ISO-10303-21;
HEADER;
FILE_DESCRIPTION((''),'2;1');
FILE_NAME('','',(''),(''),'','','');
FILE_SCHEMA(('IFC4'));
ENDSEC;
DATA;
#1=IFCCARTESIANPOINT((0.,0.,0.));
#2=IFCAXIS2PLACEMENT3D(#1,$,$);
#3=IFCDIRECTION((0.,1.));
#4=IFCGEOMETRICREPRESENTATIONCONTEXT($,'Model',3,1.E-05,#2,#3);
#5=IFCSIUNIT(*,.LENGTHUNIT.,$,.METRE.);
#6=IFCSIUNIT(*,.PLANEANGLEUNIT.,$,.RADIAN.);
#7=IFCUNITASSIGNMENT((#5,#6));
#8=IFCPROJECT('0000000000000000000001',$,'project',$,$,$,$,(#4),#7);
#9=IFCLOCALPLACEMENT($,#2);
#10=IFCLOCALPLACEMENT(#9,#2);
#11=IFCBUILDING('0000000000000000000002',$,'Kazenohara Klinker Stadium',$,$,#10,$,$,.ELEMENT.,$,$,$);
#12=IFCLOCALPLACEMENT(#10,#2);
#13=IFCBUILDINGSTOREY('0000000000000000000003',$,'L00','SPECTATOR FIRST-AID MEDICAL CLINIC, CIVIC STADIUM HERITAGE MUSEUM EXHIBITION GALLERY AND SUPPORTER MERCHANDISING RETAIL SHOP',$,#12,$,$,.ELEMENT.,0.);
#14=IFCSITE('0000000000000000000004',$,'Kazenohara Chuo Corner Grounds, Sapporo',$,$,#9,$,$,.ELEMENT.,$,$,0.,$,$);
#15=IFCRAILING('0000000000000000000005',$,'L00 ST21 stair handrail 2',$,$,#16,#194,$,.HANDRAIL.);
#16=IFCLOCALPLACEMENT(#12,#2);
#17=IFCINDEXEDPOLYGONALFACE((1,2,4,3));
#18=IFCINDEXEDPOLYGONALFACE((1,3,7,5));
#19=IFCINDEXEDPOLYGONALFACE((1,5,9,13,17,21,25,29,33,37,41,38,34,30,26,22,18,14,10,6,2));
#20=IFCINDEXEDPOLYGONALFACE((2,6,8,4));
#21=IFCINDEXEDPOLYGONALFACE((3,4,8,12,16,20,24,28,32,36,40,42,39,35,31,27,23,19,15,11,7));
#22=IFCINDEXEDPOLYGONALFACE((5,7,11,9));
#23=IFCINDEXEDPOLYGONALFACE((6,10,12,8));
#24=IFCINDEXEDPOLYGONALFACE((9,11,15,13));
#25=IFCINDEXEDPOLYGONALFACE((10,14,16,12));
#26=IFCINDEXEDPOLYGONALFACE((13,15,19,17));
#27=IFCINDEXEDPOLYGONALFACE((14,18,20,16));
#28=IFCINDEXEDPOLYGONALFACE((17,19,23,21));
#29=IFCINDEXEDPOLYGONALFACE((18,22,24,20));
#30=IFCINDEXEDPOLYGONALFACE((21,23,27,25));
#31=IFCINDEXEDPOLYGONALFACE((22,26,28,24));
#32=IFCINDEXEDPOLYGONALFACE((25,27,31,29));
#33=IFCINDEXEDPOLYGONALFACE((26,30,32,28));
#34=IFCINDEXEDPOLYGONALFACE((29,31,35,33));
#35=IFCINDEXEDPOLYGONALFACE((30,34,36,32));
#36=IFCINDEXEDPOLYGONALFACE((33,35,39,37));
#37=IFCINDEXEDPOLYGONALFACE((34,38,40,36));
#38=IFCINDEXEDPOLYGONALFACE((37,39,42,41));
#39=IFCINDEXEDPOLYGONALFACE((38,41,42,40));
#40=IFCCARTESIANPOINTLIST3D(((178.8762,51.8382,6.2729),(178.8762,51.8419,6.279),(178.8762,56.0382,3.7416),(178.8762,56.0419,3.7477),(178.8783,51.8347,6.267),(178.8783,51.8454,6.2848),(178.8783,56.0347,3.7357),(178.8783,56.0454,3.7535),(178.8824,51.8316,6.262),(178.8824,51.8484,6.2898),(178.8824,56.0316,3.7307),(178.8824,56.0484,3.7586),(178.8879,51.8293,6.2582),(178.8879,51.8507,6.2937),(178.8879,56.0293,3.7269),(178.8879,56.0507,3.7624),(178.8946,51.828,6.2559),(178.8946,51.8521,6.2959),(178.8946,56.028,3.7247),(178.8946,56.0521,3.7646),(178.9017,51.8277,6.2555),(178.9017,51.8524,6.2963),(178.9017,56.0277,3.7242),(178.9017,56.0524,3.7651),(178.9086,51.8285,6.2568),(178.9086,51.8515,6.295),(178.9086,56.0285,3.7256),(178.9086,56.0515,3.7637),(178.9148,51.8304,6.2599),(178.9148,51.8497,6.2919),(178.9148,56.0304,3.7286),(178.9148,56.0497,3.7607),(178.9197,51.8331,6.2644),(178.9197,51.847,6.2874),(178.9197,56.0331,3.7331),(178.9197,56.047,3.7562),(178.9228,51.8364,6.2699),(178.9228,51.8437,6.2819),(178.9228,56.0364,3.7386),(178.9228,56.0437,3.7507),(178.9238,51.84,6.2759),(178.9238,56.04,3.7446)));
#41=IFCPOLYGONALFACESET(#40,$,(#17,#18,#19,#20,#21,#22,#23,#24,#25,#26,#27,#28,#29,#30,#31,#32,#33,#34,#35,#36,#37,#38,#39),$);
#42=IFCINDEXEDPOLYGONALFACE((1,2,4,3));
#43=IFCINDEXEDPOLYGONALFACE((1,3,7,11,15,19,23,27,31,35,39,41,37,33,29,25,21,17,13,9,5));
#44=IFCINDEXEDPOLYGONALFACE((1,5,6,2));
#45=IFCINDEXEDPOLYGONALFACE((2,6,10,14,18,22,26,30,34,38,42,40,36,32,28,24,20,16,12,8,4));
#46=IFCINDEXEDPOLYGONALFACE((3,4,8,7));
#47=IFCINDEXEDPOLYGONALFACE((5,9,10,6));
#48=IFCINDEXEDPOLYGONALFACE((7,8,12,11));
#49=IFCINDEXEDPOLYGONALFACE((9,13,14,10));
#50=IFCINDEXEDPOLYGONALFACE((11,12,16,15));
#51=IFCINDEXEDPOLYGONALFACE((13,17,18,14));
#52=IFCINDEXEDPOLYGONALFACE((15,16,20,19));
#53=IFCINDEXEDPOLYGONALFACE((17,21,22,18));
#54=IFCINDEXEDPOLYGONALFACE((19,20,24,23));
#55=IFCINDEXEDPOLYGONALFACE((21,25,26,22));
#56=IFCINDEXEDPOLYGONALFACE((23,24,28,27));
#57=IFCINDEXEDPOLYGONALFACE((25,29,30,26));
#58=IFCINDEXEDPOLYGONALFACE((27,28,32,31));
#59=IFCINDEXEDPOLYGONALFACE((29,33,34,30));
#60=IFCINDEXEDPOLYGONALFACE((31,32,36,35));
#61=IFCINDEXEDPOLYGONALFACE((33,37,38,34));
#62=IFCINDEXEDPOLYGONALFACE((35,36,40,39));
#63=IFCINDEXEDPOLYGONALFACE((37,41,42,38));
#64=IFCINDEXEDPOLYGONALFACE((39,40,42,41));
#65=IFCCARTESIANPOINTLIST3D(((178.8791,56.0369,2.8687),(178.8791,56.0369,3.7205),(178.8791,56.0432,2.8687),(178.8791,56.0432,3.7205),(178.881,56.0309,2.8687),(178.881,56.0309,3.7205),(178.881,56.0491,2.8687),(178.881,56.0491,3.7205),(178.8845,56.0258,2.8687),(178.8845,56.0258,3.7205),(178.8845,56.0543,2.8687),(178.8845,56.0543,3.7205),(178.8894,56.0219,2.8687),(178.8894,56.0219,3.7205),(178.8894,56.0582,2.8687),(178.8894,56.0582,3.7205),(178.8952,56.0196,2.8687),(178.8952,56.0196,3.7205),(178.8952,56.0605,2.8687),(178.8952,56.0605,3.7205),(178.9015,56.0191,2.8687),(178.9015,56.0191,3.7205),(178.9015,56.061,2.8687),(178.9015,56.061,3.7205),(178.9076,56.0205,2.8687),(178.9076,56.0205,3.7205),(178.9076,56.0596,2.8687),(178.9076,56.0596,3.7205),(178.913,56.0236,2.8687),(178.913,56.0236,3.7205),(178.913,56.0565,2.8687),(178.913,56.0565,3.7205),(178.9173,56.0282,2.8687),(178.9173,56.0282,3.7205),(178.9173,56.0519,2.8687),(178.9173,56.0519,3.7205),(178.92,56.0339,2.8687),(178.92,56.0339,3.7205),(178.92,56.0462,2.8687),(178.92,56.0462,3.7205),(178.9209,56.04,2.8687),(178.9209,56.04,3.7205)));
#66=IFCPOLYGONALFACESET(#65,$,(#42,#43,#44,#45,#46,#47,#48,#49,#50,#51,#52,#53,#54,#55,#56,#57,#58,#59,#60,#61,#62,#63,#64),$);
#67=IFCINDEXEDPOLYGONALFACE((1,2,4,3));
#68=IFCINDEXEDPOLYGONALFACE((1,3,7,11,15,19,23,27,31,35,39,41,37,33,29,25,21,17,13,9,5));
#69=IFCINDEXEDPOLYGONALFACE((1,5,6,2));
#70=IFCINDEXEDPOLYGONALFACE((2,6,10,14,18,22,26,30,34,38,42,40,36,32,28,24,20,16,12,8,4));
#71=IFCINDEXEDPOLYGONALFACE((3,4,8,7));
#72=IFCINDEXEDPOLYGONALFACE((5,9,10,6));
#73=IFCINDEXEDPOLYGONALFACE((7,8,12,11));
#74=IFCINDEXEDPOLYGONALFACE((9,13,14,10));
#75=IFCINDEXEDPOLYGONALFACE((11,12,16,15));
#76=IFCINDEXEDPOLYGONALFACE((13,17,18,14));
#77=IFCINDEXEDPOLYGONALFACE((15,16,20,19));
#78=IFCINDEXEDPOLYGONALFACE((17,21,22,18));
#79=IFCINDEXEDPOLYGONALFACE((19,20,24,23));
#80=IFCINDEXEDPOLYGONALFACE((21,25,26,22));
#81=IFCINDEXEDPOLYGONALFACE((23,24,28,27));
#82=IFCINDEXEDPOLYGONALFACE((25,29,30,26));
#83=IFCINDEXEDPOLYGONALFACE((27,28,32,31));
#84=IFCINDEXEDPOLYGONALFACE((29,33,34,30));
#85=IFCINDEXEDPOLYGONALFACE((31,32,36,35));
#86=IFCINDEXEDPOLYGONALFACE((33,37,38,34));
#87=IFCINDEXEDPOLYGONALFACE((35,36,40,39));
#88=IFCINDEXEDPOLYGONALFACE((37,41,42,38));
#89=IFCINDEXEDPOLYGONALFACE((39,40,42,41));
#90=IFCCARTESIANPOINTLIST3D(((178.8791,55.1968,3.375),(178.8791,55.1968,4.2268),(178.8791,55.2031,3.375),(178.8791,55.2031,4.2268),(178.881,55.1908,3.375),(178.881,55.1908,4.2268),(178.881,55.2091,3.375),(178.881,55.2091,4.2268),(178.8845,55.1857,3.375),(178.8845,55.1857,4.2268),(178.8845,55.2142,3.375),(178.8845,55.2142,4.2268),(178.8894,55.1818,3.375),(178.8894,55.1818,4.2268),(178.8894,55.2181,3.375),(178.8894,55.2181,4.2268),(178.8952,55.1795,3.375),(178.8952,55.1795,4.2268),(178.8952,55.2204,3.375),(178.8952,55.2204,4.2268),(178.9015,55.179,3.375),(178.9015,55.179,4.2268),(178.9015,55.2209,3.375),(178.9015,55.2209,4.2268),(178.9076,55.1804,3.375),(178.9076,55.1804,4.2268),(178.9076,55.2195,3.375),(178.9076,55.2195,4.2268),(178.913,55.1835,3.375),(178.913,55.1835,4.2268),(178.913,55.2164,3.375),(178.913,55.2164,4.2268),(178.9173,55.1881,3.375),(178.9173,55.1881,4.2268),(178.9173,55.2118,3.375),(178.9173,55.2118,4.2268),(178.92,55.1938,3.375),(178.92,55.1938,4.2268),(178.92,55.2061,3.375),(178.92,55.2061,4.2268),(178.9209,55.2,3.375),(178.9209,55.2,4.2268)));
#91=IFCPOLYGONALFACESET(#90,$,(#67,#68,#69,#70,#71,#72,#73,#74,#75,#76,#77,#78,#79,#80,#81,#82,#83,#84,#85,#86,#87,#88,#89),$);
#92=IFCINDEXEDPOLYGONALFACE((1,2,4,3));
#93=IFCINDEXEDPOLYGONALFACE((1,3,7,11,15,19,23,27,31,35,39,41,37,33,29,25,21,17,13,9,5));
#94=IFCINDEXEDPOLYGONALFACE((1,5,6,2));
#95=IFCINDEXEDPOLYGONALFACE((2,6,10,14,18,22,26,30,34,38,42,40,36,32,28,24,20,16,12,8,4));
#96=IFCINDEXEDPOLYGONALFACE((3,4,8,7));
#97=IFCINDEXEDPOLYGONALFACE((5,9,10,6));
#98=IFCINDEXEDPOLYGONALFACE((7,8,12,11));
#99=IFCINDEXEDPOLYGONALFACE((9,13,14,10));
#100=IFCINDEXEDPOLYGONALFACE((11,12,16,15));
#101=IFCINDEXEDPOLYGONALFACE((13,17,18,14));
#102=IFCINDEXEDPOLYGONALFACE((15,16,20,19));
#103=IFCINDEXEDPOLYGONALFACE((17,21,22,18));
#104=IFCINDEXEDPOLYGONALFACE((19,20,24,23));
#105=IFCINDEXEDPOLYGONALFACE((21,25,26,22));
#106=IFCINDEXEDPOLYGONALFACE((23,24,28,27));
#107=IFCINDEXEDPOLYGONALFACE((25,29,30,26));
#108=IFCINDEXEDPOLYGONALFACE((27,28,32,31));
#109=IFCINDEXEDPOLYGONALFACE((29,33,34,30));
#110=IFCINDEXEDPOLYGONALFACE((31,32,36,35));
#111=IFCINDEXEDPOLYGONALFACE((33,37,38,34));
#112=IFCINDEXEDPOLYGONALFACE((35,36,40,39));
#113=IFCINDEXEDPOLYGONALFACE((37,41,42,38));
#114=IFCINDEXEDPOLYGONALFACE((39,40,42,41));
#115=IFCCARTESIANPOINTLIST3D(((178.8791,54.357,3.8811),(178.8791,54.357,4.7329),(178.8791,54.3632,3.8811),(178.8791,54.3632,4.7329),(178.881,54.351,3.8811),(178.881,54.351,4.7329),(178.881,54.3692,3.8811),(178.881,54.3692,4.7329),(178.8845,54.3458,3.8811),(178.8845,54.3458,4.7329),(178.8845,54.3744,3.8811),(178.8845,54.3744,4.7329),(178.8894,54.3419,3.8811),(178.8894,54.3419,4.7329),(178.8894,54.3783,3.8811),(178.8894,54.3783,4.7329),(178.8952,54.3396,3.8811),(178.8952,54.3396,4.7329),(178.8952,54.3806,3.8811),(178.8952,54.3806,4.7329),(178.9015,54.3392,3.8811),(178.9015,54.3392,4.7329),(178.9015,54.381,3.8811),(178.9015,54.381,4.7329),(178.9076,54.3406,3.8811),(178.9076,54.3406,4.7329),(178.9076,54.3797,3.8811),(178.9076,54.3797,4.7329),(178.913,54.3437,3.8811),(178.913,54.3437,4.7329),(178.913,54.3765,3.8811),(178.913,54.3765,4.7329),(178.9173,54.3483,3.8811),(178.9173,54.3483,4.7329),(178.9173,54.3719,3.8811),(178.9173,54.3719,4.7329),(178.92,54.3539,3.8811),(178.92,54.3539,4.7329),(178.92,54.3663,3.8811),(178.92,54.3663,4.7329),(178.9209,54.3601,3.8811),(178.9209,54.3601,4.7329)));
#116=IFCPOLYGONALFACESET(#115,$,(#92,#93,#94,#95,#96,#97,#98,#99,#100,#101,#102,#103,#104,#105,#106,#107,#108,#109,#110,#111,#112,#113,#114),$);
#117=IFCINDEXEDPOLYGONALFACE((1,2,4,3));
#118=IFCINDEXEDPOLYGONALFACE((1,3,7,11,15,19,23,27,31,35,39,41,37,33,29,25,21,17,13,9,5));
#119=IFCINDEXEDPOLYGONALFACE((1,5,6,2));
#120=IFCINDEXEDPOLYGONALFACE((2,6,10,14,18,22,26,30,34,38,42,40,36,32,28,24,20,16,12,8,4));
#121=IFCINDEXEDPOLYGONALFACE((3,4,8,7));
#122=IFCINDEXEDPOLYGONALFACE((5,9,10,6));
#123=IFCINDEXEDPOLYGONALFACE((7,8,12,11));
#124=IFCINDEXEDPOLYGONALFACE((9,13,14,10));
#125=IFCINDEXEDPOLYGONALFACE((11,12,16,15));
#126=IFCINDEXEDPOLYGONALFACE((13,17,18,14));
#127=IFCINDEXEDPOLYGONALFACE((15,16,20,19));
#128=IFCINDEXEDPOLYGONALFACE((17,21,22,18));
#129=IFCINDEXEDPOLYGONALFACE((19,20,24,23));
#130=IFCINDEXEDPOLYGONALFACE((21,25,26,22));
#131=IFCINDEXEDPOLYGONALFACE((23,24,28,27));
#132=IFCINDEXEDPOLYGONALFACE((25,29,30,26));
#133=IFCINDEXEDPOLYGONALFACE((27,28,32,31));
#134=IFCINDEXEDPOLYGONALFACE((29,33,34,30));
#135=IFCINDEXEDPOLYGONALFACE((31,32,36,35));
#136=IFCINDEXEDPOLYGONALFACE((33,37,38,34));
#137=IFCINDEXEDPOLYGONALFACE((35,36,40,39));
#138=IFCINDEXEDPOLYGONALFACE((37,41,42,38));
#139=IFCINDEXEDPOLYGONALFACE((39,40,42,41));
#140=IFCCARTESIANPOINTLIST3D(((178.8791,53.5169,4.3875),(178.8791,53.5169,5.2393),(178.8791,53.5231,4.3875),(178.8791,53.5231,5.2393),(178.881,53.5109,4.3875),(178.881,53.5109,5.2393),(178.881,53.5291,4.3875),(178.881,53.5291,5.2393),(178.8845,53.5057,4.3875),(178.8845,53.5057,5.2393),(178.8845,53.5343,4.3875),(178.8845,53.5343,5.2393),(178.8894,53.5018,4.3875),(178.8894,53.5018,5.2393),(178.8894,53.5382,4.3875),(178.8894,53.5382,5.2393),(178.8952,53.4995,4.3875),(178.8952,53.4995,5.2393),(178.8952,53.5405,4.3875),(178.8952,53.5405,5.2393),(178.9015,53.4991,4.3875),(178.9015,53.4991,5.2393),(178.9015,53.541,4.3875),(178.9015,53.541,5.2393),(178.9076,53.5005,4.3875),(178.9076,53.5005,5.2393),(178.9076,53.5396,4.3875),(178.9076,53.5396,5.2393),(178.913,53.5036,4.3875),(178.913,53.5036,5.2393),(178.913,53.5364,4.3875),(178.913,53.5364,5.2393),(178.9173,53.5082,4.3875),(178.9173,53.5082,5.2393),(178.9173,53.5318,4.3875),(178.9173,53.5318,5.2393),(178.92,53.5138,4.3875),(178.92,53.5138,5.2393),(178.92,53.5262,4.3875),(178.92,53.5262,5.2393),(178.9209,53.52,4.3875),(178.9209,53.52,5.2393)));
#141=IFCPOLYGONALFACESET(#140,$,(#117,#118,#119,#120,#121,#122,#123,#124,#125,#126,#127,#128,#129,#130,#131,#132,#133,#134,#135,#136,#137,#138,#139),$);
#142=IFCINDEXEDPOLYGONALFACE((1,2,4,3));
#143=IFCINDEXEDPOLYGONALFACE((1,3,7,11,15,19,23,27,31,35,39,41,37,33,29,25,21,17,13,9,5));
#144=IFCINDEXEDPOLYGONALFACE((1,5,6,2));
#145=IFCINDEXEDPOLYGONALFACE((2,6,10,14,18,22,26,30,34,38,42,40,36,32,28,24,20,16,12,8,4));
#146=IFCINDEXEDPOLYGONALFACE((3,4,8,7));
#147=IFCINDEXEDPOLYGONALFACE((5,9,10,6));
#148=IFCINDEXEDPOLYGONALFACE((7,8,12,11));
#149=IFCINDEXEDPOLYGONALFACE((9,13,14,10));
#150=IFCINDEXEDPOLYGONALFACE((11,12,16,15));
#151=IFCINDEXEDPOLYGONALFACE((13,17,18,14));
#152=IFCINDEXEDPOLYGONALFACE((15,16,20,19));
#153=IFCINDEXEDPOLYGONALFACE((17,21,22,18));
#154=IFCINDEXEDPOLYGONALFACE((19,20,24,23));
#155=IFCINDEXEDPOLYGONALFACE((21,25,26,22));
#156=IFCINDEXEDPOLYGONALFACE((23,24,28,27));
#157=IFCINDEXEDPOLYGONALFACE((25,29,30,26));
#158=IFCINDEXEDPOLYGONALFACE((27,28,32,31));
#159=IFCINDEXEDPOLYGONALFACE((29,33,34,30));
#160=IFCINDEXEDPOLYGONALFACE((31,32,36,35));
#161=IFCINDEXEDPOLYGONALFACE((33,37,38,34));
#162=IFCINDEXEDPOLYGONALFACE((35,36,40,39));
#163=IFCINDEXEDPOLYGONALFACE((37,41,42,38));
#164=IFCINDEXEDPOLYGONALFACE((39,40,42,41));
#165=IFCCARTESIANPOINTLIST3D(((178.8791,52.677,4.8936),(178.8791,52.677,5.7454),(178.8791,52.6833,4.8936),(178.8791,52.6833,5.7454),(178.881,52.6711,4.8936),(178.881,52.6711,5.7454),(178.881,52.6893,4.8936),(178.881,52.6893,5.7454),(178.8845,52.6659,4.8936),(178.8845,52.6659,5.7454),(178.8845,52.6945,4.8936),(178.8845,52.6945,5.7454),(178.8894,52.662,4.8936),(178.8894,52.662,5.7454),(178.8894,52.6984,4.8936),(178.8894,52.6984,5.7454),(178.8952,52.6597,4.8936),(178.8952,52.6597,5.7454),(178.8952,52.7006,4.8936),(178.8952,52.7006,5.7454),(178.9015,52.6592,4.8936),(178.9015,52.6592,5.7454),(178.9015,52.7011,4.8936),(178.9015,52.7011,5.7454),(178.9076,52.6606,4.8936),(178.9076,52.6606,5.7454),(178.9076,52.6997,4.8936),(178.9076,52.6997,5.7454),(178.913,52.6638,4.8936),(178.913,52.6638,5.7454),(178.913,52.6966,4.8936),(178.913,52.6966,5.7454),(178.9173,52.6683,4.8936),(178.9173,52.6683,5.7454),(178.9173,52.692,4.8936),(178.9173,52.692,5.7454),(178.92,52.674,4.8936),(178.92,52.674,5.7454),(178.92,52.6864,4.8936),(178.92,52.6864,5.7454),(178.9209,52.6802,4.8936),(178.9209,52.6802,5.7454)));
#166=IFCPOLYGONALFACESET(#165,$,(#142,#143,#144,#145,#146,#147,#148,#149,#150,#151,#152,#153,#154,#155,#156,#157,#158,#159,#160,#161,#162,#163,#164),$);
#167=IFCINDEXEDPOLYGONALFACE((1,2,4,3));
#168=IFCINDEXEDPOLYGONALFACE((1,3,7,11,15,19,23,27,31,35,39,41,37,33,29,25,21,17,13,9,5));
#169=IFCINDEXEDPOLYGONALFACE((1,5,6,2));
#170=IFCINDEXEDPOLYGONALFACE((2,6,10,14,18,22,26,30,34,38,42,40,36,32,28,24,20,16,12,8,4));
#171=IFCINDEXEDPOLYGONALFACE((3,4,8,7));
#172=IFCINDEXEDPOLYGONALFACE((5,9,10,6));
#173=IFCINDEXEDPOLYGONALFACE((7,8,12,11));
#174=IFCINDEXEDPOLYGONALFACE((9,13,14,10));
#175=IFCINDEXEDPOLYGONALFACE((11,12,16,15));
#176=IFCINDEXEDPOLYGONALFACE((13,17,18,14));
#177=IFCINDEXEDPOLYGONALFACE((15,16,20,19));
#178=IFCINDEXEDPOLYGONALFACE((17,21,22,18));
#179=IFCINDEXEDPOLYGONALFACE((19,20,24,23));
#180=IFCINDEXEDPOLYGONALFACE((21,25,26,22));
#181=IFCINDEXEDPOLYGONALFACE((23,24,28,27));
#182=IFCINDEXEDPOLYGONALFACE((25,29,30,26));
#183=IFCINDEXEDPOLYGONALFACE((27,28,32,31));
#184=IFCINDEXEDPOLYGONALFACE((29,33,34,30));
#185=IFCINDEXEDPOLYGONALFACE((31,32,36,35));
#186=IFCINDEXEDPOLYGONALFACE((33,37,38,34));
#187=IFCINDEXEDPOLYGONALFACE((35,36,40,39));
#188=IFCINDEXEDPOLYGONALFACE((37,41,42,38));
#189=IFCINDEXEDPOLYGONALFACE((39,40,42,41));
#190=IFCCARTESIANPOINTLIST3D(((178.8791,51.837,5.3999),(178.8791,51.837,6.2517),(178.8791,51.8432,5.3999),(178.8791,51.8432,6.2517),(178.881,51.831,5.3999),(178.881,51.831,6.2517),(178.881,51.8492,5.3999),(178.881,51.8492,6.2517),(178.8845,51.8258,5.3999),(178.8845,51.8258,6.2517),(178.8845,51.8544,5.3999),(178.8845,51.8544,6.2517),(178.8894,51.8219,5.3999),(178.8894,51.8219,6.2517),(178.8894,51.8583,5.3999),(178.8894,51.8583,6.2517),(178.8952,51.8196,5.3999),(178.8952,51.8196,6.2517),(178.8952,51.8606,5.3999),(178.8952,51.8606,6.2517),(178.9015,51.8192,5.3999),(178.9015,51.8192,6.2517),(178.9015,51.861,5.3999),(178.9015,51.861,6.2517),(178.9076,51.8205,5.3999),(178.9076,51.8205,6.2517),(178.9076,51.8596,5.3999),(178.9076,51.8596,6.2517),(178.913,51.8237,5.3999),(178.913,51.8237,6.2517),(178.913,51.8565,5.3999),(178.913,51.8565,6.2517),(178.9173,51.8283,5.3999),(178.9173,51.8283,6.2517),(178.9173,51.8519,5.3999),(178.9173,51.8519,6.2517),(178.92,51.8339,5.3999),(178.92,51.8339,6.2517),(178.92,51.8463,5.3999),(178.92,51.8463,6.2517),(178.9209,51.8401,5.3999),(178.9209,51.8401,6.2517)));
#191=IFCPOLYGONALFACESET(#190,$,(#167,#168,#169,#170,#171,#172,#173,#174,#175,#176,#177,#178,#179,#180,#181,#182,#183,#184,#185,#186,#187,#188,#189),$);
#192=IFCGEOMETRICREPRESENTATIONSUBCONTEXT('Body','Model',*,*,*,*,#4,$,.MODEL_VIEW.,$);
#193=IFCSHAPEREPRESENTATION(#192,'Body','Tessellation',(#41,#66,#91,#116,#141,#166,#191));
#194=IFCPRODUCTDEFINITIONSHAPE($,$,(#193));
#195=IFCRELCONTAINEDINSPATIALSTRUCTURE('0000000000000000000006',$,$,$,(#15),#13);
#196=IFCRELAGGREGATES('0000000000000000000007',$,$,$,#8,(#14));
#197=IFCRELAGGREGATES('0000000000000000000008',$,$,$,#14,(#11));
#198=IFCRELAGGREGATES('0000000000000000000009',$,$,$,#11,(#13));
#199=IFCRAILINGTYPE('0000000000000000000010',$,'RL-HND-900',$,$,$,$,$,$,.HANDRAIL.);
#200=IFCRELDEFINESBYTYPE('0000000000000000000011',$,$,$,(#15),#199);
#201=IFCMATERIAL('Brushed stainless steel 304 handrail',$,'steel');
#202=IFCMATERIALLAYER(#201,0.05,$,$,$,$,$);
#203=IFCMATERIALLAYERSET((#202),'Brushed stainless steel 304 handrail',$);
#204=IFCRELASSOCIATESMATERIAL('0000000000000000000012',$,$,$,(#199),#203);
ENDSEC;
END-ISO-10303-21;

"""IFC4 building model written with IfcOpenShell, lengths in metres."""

from ifc_helpers import new_model, si_unit, direction, frame, origin, origin_2d, place, context, subcontext, project, spatial, circle, extrude, material, layer, layer_set, type_object, element, save


model = new_model("IFC4")

# Units and contexts
model_context = context("Model", 3, precision=1e-05, world=origin(), true_north=direction((0.0, 1.0)))
body_context = subcontext(model_context, "Body", "Model", "MODEL_VIEW")
ifc_project = project(units=[si_unit("LENGTHUNIT", "METRE"), si_unit("PLANEANGLEUNIT", "RADIAN")], contexts=[model_context])

# Site, building, storey
site_placement = place(None, origin())
site = spatial("IfcSite", under=ifc_project, at=site_placement, Name="Kazenohara Chuo Corner Grounds, Sapporo", CompositionType="ELEMENT", RefElevation=0.0)
building_placement = place(site_placement, origin())
building = spatial("IfcBuilding", under=site, at=building_placement, Name="Kazenohara Klinker Stadium", CompositionType="ELEMENT")
storey_placement = place(building_placement, origin())
storey = spatial("IfcBuildingStorey", under=building, at=storey_placement, Name="L00", Description="SPECTATOR FIRST-AID MEDICAL CLINIC, CIVIC STADIUM HERITAGE MUSEUM EXHIBITION GALLERY AND SUPPORTER MERCHANDISING RETAIL SHOP", CompositionType="ELEMENT", Elevation=0.0)

# Railing
ifc_material_1 = material(Name="Brushed stainless steel 304 handrail", Category="steel")
ifc_layer_1 = layer(ifc_material_1, 0.05)
ifc_layer_set_1 = layer_set([ifc_layer_1], Name="Brushed stainless steel 304 handrail")
railing_type_1 = type_object("IfcRailingType", Name="RL-HND-900", PredefinedType="HANDRAIL", material=ifc_layer_set_1)
railing_1_placement = place(storey_placement, frame((178.8999, 56.04, 2.8687)))
element("IfcRailing", 1, at=railing_1_placement, inside=storey, type_object=railing_type_1, Name="L00 ST21 stair handrail 2", PredefinedType="HANDRAIL", context=body_context, shape_type="SweptSolid", body=[
    extrude(circle(Radius=0.0239, at=origin_2d()), frame((0.0, 0.0, 0.876), z_axis=(0.0, -0.856476, 0.516186), x_axis=(1.0, 0.0, 0.0)), (0.0, 0.0, 1.0), 4.9038),
    extrude(circle(Radius=0.021, at=origin_2d()), origin(), (0.0, 0.0, 1.0), 0.8518),
    extrude(circle(Radius=0.021, at=origin_2d()), frame((0.0, -0.8401, 0.5063)), (0.0, 0.0, 1.0), 0.8518),
    extrude(circle(Radius=0.021, at=origin_2d()), frame((0.0, -1.6799, 1.0125)), (0.0, 0.0, 1.0), 0.8518),
    extrude(circle(Radius=0.021, at=origin_2d()), frame((0.0, -2.52, 1.5188)), (0.0, 0.0, 1.0), 0.8518),
    extrude(circle(Radius=0.021, at=origin_2d()), frame((0.0, -3.3599, 2.0249)), (0.0, 0.0, 1.0), 0.8518),
    extrude(circle(Radius=0.021, at=origin_2d()), frame((0.0, -4.2, 2.5312)), (0.0, 0.0, 1.0), 0.8518),
])

save(model, "model.ifc")
